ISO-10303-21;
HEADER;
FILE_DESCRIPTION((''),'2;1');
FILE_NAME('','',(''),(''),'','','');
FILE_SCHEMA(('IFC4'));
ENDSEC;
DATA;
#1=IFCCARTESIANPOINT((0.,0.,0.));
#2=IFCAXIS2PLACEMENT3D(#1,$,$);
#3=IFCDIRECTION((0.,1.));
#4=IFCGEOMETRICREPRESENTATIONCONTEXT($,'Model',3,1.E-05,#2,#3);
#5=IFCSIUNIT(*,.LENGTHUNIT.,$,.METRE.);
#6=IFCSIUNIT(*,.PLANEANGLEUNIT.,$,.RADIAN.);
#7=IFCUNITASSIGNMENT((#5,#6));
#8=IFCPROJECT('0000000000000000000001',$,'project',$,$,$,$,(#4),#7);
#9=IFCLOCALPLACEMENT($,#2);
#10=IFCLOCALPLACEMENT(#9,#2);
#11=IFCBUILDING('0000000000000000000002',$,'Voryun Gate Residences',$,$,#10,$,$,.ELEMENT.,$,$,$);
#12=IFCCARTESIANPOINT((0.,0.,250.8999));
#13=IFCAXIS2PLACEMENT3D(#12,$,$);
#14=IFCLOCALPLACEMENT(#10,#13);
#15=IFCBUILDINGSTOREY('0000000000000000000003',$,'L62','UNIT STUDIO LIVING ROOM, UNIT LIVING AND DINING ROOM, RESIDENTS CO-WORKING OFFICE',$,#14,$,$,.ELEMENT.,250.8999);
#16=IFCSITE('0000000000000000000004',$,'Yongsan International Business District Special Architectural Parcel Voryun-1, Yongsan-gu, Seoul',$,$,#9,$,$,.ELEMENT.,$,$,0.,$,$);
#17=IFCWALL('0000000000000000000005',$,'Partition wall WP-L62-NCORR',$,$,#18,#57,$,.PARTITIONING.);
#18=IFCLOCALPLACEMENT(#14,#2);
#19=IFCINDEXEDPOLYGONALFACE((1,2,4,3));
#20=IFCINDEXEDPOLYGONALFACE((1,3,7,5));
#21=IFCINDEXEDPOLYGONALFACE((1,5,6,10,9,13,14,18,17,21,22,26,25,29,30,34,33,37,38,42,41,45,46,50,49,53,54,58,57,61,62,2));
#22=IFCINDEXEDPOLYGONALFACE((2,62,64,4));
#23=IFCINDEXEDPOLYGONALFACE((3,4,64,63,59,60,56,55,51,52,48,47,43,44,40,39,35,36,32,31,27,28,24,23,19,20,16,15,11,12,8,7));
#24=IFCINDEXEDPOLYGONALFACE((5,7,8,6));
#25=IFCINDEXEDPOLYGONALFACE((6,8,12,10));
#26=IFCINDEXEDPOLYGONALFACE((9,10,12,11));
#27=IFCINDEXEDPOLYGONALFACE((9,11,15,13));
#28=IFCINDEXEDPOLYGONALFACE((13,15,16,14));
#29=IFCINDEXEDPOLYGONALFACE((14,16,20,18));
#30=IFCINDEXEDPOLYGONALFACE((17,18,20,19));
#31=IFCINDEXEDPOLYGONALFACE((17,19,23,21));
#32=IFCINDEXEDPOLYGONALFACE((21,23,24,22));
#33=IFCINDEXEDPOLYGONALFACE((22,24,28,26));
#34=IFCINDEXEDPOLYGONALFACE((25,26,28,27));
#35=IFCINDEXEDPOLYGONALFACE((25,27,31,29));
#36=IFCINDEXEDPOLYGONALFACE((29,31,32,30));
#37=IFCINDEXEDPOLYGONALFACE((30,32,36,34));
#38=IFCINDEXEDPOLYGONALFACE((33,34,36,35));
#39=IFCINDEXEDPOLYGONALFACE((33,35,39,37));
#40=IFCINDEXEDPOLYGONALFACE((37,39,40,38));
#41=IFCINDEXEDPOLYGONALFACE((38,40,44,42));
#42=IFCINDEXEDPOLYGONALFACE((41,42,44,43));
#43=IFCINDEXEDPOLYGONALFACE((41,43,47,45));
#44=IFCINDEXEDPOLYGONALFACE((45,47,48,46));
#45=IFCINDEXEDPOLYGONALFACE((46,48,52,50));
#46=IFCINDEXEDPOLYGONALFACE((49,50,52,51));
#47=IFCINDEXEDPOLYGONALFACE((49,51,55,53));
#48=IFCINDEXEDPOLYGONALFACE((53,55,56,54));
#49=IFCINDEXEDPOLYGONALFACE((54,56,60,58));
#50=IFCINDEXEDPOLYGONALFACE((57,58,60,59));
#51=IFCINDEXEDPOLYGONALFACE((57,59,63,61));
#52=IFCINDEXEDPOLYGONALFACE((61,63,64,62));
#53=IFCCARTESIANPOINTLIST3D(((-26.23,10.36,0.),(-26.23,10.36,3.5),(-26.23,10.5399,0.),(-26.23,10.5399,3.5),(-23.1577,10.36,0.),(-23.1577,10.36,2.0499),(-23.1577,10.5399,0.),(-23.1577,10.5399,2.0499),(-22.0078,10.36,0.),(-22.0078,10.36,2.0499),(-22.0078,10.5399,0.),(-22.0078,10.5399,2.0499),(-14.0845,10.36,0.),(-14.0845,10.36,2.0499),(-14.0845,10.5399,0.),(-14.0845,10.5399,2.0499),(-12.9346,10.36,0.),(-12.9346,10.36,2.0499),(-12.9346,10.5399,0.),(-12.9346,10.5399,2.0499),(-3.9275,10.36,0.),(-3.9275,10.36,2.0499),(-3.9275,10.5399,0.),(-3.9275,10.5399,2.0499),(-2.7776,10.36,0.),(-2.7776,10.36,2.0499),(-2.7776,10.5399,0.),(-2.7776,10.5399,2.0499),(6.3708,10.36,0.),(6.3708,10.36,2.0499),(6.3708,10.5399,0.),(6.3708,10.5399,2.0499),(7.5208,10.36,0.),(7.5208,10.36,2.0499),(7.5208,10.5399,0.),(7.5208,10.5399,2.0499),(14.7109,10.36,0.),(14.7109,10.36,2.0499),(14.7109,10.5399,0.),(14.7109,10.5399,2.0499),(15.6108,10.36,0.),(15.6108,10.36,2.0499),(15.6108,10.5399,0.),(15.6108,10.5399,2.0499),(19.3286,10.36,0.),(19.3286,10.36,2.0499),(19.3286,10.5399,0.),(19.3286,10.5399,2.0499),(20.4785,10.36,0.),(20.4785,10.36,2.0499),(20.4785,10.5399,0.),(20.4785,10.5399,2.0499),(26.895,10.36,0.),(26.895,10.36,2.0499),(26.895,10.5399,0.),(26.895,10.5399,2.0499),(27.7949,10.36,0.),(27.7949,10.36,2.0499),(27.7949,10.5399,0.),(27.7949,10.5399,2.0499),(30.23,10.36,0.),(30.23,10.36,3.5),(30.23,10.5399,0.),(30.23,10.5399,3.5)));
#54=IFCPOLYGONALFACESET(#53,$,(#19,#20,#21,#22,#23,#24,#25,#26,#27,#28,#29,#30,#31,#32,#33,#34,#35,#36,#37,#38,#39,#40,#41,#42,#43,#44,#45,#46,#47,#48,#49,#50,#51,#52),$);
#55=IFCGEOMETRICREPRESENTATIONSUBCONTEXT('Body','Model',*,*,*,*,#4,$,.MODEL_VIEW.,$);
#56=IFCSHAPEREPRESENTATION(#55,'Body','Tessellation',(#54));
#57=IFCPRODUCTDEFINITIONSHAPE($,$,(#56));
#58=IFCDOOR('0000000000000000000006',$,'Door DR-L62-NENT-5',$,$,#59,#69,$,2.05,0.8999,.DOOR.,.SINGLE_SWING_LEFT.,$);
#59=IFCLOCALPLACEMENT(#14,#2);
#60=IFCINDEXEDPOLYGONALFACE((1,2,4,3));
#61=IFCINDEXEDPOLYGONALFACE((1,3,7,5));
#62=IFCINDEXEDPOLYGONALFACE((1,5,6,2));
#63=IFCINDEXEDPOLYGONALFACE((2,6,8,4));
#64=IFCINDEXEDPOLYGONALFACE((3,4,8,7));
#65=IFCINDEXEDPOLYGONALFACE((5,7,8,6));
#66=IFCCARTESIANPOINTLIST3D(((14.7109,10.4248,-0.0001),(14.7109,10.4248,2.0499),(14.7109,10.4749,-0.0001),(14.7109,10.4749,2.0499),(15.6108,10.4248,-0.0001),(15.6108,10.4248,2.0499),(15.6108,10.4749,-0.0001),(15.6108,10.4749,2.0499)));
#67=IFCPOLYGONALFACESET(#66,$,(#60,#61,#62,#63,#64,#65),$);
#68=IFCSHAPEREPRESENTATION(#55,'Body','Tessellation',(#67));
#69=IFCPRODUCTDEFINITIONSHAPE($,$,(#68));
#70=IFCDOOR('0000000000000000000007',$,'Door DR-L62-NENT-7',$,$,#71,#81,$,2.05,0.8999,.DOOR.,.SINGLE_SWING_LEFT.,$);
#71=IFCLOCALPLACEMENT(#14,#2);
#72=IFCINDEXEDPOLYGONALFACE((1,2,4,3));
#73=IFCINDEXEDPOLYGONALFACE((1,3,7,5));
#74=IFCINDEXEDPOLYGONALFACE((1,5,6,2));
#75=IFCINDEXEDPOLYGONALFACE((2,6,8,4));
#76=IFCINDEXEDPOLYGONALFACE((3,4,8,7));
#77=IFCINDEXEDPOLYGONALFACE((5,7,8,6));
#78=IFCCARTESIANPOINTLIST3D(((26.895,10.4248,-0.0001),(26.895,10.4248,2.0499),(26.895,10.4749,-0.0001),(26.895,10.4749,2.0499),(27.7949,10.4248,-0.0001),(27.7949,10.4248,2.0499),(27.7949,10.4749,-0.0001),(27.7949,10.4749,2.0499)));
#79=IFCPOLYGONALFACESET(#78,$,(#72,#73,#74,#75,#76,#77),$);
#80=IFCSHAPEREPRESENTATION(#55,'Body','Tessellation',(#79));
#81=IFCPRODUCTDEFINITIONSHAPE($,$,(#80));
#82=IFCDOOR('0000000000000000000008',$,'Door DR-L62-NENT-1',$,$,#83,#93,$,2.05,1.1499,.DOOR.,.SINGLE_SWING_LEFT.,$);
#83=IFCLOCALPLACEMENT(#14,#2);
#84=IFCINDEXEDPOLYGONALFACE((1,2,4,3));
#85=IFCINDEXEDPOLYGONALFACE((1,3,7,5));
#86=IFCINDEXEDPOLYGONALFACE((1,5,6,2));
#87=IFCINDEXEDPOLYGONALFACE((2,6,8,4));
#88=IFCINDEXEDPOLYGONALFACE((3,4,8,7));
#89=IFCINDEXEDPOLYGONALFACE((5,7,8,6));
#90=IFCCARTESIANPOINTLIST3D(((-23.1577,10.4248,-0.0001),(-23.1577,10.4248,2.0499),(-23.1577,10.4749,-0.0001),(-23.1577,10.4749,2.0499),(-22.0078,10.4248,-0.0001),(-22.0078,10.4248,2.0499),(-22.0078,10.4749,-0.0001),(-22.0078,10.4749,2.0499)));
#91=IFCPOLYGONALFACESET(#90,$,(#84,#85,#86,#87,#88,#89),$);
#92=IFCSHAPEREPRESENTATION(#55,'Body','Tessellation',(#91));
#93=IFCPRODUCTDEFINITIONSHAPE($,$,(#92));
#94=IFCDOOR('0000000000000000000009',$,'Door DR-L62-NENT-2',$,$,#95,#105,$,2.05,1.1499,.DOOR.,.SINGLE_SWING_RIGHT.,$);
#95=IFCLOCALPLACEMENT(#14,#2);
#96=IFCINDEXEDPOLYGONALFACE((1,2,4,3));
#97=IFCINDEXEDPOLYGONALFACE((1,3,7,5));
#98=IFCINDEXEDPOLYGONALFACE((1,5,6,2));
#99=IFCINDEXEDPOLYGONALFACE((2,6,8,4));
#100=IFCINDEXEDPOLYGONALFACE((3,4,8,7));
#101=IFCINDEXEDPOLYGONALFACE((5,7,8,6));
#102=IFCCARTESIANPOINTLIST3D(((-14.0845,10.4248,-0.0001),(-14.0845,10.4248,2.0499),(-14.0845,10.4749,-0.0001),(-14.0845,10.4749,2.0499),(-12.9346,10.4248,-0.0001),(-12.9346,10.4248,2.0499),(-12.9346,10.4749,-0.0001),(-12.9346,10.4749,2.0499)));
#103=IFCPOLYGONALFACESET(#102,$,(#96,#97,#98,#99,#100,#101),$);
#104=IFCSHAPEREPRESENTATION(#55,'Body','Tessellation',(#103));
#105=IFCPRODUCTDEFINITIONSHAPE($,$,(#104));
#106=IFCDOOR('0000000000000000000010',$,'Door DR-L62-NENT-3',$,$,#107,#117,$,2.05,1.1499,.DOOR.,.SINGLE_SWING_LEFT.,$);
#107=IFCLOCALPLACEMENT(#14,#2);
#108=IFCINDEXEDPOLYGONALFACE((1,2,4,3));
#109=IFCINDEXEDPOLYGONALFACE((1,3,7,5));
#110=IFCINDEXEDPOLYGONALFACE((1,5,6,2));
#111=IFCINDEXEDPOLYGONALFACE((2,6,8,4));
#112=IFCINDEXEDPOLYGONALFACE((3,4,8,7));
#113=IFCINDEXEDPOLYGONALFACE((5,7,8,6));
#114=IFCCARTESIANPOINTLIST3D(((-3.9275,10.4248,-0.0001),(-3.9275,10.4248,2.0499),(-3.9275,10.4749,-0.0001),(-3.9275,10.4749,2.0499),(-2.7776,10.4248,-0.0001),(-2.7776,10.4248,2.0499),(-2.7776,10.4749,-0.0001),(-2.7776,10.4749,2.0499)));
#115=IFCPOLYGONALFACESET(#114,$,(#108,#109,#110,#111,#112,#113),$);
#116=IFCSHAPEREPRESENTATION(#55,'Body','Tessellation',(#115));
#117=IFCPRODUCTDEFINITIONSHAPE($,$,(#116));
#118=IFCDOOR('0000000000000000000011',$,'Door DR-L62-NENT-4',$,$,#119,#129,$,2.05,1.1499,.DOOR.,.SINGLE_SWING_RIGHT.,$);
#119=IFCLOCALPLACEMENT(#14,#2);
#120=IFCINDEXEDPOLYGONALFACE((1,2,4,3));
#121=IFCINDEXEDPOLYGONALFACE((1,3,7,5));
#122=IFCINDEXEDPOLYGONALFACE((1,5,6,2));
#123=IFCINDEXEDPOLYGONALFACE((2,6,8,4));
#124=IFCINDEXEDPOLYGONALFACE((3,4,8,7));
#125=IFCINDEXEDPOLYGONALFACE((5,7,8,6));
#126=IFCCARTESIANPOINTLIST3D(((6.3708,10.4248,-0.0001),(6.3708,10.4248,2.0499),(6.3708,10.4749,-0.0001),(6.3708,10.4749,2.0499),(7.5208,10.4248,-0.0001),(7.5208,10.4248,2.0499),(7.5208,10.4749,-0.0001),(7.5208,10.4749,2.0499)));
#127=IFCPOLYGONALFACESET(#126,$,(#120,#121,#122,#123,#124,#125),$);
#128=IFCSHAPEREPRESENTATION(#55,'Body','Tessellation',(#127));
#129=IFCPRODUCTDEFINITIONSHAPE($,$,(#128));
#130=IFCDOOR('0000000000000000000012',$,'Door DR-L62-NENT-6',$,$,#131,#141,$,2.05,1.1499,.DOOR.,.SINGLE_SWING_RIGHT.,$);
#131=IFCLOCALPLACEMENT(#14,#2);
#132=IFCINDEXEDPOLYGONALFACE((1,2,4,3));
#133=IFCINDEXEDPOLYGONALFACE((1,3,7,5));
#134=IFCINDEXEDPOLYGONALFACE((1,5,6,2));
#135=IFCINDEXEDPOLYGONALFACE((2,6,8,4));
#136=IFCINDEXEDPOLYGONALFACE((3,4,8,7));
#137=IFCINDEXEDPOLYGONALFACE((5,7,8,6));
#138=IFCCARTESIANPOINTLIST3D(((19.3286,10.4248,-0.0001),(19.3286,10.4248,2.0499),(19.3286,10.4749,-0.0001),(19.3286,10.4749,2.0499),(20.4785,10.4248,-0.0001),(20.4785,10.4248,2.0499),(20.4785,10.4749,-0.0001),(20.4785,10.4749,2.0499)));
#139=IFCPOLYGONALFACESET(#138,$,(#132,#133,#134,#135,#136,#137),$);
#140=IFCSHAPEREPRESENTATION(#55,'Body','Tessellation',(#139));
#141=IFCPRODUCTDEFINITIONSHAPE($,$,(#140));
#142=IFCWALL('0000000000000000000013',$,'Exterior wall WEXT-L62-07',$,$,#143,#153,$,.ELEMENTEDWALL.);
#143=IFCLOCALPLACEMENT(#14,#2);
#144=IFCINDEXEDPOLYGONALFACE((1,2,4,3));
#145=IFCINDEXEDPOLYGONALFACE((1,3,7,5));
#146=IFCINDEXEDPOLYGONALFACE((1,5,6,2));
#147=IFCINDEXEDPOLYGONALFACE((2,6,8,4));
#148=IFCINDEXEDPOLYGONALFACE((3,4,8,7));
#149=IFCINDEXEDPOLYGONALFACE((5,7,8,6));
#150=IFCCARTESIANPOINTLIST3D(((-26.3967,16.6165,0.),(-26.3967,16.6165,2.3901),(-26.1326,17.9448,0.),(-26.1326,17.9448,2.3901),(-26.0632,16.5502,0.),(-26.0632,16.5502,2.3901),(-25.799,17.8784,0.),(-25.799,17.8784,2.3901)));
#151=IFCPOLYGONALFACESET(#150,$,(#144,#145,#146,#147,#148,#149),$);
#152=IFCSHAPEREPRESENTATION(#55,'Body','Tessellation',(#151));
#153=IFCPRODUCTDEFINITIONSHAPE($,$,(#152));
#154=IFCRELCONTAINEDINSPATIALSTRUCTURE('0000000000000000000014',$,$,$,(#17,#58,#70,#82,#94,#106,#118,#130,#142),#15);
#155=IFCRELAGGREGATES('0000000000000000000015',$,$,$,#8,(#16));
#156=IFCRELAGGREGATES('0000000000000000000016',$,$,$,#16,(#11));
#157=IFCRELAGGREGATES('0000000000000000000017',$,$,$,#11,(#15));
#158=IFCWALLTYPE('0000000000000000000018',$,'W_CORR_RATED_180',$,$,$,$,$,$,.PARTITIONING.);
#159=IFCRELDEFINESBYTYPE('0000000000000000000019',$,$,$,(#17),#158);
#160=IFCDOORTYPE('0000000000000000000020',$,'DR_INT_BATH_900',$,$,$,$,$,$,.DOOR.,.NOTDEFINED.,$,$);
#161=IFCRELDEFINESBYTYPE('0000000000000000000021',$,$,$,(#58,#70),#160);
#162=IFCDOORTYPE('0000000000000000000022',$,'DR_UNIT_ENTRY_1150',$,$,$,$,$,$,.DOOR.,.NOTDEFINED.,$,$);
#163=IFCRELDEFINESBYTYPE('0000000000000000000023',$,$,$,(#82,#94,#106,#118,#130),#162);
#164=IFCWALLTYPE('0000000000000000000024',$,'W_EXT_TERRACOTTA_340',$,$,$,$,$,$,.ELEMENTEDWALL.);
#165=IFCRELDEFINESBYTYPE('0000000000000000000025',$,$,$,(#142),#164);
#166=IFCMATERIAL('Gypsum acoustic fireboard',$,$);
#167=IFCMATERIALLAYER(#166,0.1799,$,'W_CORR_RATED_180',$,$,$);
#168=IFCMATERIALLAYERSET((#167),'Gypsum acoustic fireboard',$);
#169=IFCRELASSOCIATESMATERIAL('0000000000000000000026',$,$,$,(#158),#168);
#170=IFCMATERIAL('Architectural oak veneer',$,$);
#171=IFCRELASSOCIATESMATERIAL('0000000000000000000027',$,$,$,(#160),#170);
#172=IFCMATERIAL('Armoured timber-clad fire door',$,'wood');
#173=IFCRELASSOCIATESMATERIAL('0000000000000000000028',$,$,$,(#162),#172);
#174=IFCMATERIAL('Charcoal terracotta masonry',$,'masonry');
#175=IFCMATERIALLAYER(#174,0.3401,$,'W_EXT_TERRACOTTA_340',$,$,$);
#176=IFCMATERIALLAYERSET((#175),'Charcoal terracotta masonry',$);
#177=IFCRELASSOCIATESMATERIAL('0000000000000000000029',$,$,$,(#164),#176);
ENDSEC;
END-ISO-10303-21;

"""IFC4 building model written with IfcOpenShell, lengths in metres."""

from ifc_helpers import new_model, si_unit, direction, frame, frame_2d, origin, place, context, subcontext, project, spatial, rectangle, extrude, material, layer, layer_set, type_object, element, fill, save


model = new_model("IFC4")

# Units and contexts
model_context = context("Model", 3, precision=1e-05, world=origin(), true_north=direction((0.0, 1.0)))
body_context = subcontext(model_context, "Body", "Model", "MODEL_VIEW")
ifc_project = project(units=[si_unit("LENGTHUNIT", "METRE"), si_unit("PLANEANGLEUNIT", "RADIAN")], contexts=[model_context])

# Site, building, storey
site_placement = place(None, origin())
site = spatial("IfcSite", under=ifc_project, at=site_placement, Name="Yongsan International Business District Special Architectural Parcel Voryun-1, Yongsan-gu, Seoul", CompositionType="ELEMENT", RefElevation=0.0)
building_placement = place(site_placement, origin())
building = spatial("IfcBuilding", under=site, at=building_placement, Name="Voryun Gate Residences", CompositionType="ELEMENT")
storey_placement = place(building_placement, frame((0.0, 0.0, 250.8999)))
storey = spatial("IfcBuildingStorey", under=building, at=storey_placement, Name="L62", Description="UNIT STUDIO LIVING ROOM, UNIT LIVING AND DINING ROOM, RESIDENTS CO-WORKING OFFICE", CompositionType="ELEMENT", Elevation=250.8999)

# Wall, openings, doors
ifc_material_1 = material(Name="Gypsum acoustic fireboard")
ifc_layer_1 = layer(ifc_material_1, 0.1799, Name="W_CORR_RATED_180")
ifc_layer_set_1 = layer_set([ifc_layer_1], Name="Gypsum acoustic fireboard")
wall_type_1 = type_object("IfcWallType", Name="W_CORR_RATED_180", PredefinedType="PARTITIONING", material=ifc_layer_set_1)
wall_1_placement = place(storey_placement, frame((-26.23, 10.45, 0.0), z_axis=(0.0, 0.0, 1.0), x_axis=(1.0, 0.0, 0.0)))
wall_1 = element("IfcWall", 1, at=wall_1_placement, inside=storey, type_object=wall_type_1, Name="Partition wall WP-L62-NCORR", PredefinedType="PARTITIONING", context=body_context, shape_type="SweptSolid", body=[
    extrude(rectangle(XDim=56.46, YDim=0.1799, at=frame_2d((28.23, 0.0))), origin(), (0.0, 0.0, 1.0), 3.5),
])
opening_1_placement = place(wall_1_placement, frame((3.0723, 0.0, 0.0)))
opening_1 = element("IfcOpeningElement", 2, at=opening_1_placement, cuts=wall_1, PredefinedType="OPENING", context=body_context, shape_type="SweptSolid", body=[
    extrude(rectangle(XDim=1.1499, YDim=2.05, at=frame_2d((0.575, 1.0249))), frame((0.0, 0.0999, 0.0), z_axis=(0.0, -1.0, 0.0), x_axis=(1.0, 0.0, 0.0)), (0.0, 0.0, 1.0), 0.2),
])
opening_2_placement = place(wall_1_placement, frame((12.1455, 0.0, 0.0)))
opening_2 = element("IfcOpeningElement", 3, at=opening_2_placement, cuts=wall_1, PredefinedType="OPENING", context=body_context, shape_type="SweptSolid", body=[
    extrude(rectangle(XDim=1.1499, YDim=2.05, at=frame_2d((0.575, 1.0249))), frame((0.0, 0.0999, 0.0), z_axis=(0.0, -1.0, 0.0), x_axis=(1.0, 0.0, 0.0)), (0.0, 0.0, 1.0), 0.2),
])
opening_3_placement = place(wall_1_placement, frame((22.3025, 0.0, 0.0)))
opening_3 = element("IfcOpeningElement", 4, at=opening_3_placement, cuts=wall_1, PredefinedType="OPENING", context=body_context, shape_type="SweptSolid", body=[
    extrude(rectangle(XDim=1.1499, YDim=2.05, at=frame_2d((0.575, 1.0249))), frame((0.0, 0.0999, 0.0), z_axis=(0.0, -1.0, 0.0), x_axis=(1.0, 0.0, 0.0)), (0.0, 0.0, 1.0), 0.2),
])
opening_4_placement = place(wall_1_placement, frame((32.6008, 0.0, 0.0)))
opening_4 = element("IfcOpeningElement", 5, at=opening_4_placement, cuts=wall_1, PredefinedType="OPENING", context=body_context, shape_type="SweptSolid", body=[
    extrude(rectangle(XDim=1.1499, YDim=2.05, at=frame_2d((0.575, 1.0249))), frame((0.0, 0.0999, 0.0), z_axis=(0.0, -1.0, 0.0), x_axis=(1.0, 0.0, 0.0)), (0.0, 0.0, 1.0), 0.2),
])
opening_5_placement = place(wall_1_placement, frame((40.9409, 0.0, 0.0)))
opening_5 = element("IfcOpeningElement", 6, at=opening_5_placement, cuts=wall_1, PredefinedType="OPENING", context=body_context, shape_type="SweptSolid", body=[
    extrude(rectangle(XDim=0.8999, YDim=2.05, at=frame_2d((0.45, 1.0249))), frame((0.0, 0.0999, 0.0), z_axis=(0.0, -1.0, 0.0), x_axis=(1.0, 0.0, 0.0)), (0.0, 0.0, 1.0), 0.2),
])
opening_6_placement = place(wall_1_placement, frame((45.5586, 0.0, 0.0)))
opening_6 = element("IfcOpeningElement", 7, at=opening_6_placement, cuts=wall_1, PredefinedType="OPENING", context=body_context, shape_type="SweptSolid", body=[
    extrude(rectangle(XDim=1.1499, YDim=2.05, at=frame_2d((0.575, 1.0249))), frame((0.0, 0.0999, 0.0), z_axis=(0.0, -1.0, 0.0), x_axis=(1.0, 0.0, 0.0)), (0.0, 0.0, 1.0), 0.2),
])
opening_7_placement = place(wall_1_placement, frame((53.125, 0.0, 0.0)))
opening_7 = element("IfcOpeningElement", 8, at=opening_7_placement, cuts=wall_1, PredefinedType="OPENING", context=body_context, shape_type="SweptSolid", body=[
    extrude(rectangle(XDim=0.8999, YDim=2.05, at=frame_2d((0.45, 1.0249))), frame((0.0, 0.0999, 0.0), z_axis=(0.0, -1.0, 0.0), x_axis=(1.0, 0.0, 0.0)), (0.0, 0.0, 1.0), 0.2),
])
ifc_material_2 = material(Name="Architectural oak veneer")
door_type_1 = type_object("IfcDoorType", Name="DR_INT_BATH_900", OperationType="NOTDEFINED", PredefinedType="DOOR", material=ifc_material_2)
door_1_placement = place(opening_5_placement, origin())
door_1 = element("IfcDoor", 9, at=door_1_placement, inside=storey, type_object=door_type_1, Name="Door DR-L62-NENT-5", OperationType="SINGLE_SWING_LEFT", OverallHeight=2.05, OverallWidth=0.8999, PredefinedType="DOOR", context=body_context, shape_type="SweptSolid", body=[
    extrude(rectangle(XDim=0.8999, YDim=2.05, at=frame_2d((0.45, 1.0249))), frame((0.0, 0.0249, 0.0), z_axis=(0.0, -1.0, 0.0), x_axis=(1.0, 0.0, 0.0)), (0.0, 0.0, 1.0), 0.05),
])
fill(opening_5, door_1)
door_2_placement = place(opening_7_placement, origin())
door_2 = element("IfcDoor", 10, at=door_2_placement, inside=storey, type_object=door_type_1, Name="Door DR-L62-NENT-7", OperationType="SINGLE_SWING_LEFT", OverallHeight=2.05, OverallWidth=0.8999, PredefinedType="DOOR", context=body_context, shape_type="SweptSolid", body=[
    extrude(rectangle(XDim=0.8999, YDim=2.05, at=frame_2d((0.45, 1.0249))), frame((0.0, 0.0249, 0.0), z_axis=(0.0, -1.0, 0.0), x_axis=(1.0, 0.0, 0.0)), (0.0, 0.0, 1.0), 0.05),
])
fill(opening_7, door_2)
ifc_material_3 = material(Name="Armoured timber-clad fire door", Category="wood")
door_type_2 = type_object("IfcDoorType", Name="DR_UNIT_ENTRY_1150", OperationType="NOTDEFINED", PredefinedType="DOOR", material=ifc_material_3)
door_3_placement = place(opening_1_placement, origin())
door_3 = element("IfcDoor", 11, at=door_3_placement, inside=storey, type_object=door_type_2, Name="Door DR-L62-NENT-1", OperationType="SINGLE_SWING_LEFT", OverallHeight=2.05, OverallWidth=1.1499, PredefinedType="DOOR", context=body_context, shape_type="SweptSolid", body=[
    extrude(rectangle(XDim=1.1499, YDim=2.05, at=frame_2d((0.575, 1.0249))), frame((0.0, 0.0249, 0.0), z_axis=(0.0, -1.0, 0.0), x_axis=(1.0, 0.0, 0.0)), (0.0, 0.0, 1.0), 0.05),
])
fill(opening_1, door_3)
door_4_placement = place(opening_2_placement, origin())
door_4 = element("IfcDoor", 12, at=door_4_placement, inside=storey, type_object=door_type_2, Name="Door DR-L62-NENT-2", OperationType="SINGLE_SWING_RIGHT", OverallHeight=2.05, OverallWidth=1.1499, PredefinedType="DOOR", context=body_context, shape_type="SweptSolid", body=[
    extrude(rectangle(XDim=1.1499, YDim=2.05, at=frame_2d((0.575, 1.0249))), frame((0.0, 0.0249, 0.0), z_axis=(0.0, -1.0, 0.0), x_axis=(1.0, 0.0, 0.0)), (0.0, 0.0, 1.0), 0.05),
])
fill(opening_2, door_4)
door_5_placement = place(opening_3_placement, origin())
door_5 = element("IfcDoor", 13, at=door_5_placement, inside=storey, type_object=door_type_2, Name="Door DR-L62-NENT-3", OperationType="SINGLE_SWING_LEFT", OverallHeight=2.05, OverallWidth=1.1499, PredefinedType="DOOR", context=body_context, shape_type="SweptSolid", body=[
    extrude(rectangle(XDim=1.1499, YDim=2.05, at=frame_2d((0.575, 1.0249))), frame((0.0, 0.0249, 0.0), z_axis=(0.0, -1.0, 0.0), x_axis=(1.0, 0.0, 0.0)), (0.0, 0.0, 1.0), 0.05),
])
fill(opening_3, door_5)
door_6_placement = place(opening_4_placement, origin())
door_6 = element("IfcDoor", 14, at=door_6_placement, inside=storey, type_object=door_type_2, Name="Door DR-L62-NENT-4", OperationType="SINGLE_SWING_RIGHT", OverallHeight=2.05, OverallWidth=1.1499, PredefinedType="DOOR", context=body_context, shape_type="SweptSolid", body=[
    extrude(rectangle(XDim=1.1499, YDim=2.05, at=frame_2d((0.575, 1.0249))), frame((0.0, 0.0249, 0.0), z_axis=(0.0, -1.0, 0.0), x_axis=(1.0, 0.0, 0.0)), (0.0, 0.0, 1.0), 0.05),
])
fill(opening_4, door_6)
door_7_placement = place(opening_6_placement, origin())
door_7 = element("IfcDoor", 15, at=door_7_placement, inside=storey, type_object=door_type_2, Name="Door DR-L62-NENT-6", OperationType="SINGLE_SWING_RIGHT", OverallHeight=2.05, OverallWidth=1.1499, PredefinedType="DOOR", context=body_context, shape_type="SweptSolid", body=[
    extrude(rectangle(XDim=1.1499, YDim=2.05, at=frame_2d((0.575, 1.0249))), frame((0.0, 0.0249, 0.0), z_axis=(0.0, -1.0, 0.0), x_axis=(1.0, 0.0, 0.0)), (0.0, 0.0, 1.0), 0.05),
])
fill(opening_6, door_7)

# Wall
ifc_material_4 = material(Name="Charcoal terracotta masonry", Category="masonry")
ifc_layer_2 = layer(ifc_material_4, 0.3401, Name="W_EXT_TERRACOTTA_340")
ifc_layer_set_2 = layer_set([ifc_layer_2], Name="Charcoal terracotta masonry")
wall_type_2 = type_object("IfcWallType", Name="W_EXT_TERRACOTTA_340", PredefinedType="ELEMENTEDWALL", material=ifc_layer_set_2)
wall_2_placement = place(storey_placement, frame((-26.23, 16.5833, 0.0), z_axis=(0.0, 0.0, 1.0), x_axis=(0.195076, 0.980788, 0.0)))
element("IfcWall", 16, at=wall_2_placement, inside=storey, type_object=wall_type_2, Name="Exterior wall WEXT-L62-07", PredefinedType="ELEMENTEDWALL", context=body_context, shape_type="SweptSolid", body=[
    extrude(rectangle(XDim=1.3542, YDim=0.3401, at=frame_2d((0.6772, 0.0))), origin(), (0.0, 0.0, 1.0), 2.3901),
])

save(model, "model.ifc")
